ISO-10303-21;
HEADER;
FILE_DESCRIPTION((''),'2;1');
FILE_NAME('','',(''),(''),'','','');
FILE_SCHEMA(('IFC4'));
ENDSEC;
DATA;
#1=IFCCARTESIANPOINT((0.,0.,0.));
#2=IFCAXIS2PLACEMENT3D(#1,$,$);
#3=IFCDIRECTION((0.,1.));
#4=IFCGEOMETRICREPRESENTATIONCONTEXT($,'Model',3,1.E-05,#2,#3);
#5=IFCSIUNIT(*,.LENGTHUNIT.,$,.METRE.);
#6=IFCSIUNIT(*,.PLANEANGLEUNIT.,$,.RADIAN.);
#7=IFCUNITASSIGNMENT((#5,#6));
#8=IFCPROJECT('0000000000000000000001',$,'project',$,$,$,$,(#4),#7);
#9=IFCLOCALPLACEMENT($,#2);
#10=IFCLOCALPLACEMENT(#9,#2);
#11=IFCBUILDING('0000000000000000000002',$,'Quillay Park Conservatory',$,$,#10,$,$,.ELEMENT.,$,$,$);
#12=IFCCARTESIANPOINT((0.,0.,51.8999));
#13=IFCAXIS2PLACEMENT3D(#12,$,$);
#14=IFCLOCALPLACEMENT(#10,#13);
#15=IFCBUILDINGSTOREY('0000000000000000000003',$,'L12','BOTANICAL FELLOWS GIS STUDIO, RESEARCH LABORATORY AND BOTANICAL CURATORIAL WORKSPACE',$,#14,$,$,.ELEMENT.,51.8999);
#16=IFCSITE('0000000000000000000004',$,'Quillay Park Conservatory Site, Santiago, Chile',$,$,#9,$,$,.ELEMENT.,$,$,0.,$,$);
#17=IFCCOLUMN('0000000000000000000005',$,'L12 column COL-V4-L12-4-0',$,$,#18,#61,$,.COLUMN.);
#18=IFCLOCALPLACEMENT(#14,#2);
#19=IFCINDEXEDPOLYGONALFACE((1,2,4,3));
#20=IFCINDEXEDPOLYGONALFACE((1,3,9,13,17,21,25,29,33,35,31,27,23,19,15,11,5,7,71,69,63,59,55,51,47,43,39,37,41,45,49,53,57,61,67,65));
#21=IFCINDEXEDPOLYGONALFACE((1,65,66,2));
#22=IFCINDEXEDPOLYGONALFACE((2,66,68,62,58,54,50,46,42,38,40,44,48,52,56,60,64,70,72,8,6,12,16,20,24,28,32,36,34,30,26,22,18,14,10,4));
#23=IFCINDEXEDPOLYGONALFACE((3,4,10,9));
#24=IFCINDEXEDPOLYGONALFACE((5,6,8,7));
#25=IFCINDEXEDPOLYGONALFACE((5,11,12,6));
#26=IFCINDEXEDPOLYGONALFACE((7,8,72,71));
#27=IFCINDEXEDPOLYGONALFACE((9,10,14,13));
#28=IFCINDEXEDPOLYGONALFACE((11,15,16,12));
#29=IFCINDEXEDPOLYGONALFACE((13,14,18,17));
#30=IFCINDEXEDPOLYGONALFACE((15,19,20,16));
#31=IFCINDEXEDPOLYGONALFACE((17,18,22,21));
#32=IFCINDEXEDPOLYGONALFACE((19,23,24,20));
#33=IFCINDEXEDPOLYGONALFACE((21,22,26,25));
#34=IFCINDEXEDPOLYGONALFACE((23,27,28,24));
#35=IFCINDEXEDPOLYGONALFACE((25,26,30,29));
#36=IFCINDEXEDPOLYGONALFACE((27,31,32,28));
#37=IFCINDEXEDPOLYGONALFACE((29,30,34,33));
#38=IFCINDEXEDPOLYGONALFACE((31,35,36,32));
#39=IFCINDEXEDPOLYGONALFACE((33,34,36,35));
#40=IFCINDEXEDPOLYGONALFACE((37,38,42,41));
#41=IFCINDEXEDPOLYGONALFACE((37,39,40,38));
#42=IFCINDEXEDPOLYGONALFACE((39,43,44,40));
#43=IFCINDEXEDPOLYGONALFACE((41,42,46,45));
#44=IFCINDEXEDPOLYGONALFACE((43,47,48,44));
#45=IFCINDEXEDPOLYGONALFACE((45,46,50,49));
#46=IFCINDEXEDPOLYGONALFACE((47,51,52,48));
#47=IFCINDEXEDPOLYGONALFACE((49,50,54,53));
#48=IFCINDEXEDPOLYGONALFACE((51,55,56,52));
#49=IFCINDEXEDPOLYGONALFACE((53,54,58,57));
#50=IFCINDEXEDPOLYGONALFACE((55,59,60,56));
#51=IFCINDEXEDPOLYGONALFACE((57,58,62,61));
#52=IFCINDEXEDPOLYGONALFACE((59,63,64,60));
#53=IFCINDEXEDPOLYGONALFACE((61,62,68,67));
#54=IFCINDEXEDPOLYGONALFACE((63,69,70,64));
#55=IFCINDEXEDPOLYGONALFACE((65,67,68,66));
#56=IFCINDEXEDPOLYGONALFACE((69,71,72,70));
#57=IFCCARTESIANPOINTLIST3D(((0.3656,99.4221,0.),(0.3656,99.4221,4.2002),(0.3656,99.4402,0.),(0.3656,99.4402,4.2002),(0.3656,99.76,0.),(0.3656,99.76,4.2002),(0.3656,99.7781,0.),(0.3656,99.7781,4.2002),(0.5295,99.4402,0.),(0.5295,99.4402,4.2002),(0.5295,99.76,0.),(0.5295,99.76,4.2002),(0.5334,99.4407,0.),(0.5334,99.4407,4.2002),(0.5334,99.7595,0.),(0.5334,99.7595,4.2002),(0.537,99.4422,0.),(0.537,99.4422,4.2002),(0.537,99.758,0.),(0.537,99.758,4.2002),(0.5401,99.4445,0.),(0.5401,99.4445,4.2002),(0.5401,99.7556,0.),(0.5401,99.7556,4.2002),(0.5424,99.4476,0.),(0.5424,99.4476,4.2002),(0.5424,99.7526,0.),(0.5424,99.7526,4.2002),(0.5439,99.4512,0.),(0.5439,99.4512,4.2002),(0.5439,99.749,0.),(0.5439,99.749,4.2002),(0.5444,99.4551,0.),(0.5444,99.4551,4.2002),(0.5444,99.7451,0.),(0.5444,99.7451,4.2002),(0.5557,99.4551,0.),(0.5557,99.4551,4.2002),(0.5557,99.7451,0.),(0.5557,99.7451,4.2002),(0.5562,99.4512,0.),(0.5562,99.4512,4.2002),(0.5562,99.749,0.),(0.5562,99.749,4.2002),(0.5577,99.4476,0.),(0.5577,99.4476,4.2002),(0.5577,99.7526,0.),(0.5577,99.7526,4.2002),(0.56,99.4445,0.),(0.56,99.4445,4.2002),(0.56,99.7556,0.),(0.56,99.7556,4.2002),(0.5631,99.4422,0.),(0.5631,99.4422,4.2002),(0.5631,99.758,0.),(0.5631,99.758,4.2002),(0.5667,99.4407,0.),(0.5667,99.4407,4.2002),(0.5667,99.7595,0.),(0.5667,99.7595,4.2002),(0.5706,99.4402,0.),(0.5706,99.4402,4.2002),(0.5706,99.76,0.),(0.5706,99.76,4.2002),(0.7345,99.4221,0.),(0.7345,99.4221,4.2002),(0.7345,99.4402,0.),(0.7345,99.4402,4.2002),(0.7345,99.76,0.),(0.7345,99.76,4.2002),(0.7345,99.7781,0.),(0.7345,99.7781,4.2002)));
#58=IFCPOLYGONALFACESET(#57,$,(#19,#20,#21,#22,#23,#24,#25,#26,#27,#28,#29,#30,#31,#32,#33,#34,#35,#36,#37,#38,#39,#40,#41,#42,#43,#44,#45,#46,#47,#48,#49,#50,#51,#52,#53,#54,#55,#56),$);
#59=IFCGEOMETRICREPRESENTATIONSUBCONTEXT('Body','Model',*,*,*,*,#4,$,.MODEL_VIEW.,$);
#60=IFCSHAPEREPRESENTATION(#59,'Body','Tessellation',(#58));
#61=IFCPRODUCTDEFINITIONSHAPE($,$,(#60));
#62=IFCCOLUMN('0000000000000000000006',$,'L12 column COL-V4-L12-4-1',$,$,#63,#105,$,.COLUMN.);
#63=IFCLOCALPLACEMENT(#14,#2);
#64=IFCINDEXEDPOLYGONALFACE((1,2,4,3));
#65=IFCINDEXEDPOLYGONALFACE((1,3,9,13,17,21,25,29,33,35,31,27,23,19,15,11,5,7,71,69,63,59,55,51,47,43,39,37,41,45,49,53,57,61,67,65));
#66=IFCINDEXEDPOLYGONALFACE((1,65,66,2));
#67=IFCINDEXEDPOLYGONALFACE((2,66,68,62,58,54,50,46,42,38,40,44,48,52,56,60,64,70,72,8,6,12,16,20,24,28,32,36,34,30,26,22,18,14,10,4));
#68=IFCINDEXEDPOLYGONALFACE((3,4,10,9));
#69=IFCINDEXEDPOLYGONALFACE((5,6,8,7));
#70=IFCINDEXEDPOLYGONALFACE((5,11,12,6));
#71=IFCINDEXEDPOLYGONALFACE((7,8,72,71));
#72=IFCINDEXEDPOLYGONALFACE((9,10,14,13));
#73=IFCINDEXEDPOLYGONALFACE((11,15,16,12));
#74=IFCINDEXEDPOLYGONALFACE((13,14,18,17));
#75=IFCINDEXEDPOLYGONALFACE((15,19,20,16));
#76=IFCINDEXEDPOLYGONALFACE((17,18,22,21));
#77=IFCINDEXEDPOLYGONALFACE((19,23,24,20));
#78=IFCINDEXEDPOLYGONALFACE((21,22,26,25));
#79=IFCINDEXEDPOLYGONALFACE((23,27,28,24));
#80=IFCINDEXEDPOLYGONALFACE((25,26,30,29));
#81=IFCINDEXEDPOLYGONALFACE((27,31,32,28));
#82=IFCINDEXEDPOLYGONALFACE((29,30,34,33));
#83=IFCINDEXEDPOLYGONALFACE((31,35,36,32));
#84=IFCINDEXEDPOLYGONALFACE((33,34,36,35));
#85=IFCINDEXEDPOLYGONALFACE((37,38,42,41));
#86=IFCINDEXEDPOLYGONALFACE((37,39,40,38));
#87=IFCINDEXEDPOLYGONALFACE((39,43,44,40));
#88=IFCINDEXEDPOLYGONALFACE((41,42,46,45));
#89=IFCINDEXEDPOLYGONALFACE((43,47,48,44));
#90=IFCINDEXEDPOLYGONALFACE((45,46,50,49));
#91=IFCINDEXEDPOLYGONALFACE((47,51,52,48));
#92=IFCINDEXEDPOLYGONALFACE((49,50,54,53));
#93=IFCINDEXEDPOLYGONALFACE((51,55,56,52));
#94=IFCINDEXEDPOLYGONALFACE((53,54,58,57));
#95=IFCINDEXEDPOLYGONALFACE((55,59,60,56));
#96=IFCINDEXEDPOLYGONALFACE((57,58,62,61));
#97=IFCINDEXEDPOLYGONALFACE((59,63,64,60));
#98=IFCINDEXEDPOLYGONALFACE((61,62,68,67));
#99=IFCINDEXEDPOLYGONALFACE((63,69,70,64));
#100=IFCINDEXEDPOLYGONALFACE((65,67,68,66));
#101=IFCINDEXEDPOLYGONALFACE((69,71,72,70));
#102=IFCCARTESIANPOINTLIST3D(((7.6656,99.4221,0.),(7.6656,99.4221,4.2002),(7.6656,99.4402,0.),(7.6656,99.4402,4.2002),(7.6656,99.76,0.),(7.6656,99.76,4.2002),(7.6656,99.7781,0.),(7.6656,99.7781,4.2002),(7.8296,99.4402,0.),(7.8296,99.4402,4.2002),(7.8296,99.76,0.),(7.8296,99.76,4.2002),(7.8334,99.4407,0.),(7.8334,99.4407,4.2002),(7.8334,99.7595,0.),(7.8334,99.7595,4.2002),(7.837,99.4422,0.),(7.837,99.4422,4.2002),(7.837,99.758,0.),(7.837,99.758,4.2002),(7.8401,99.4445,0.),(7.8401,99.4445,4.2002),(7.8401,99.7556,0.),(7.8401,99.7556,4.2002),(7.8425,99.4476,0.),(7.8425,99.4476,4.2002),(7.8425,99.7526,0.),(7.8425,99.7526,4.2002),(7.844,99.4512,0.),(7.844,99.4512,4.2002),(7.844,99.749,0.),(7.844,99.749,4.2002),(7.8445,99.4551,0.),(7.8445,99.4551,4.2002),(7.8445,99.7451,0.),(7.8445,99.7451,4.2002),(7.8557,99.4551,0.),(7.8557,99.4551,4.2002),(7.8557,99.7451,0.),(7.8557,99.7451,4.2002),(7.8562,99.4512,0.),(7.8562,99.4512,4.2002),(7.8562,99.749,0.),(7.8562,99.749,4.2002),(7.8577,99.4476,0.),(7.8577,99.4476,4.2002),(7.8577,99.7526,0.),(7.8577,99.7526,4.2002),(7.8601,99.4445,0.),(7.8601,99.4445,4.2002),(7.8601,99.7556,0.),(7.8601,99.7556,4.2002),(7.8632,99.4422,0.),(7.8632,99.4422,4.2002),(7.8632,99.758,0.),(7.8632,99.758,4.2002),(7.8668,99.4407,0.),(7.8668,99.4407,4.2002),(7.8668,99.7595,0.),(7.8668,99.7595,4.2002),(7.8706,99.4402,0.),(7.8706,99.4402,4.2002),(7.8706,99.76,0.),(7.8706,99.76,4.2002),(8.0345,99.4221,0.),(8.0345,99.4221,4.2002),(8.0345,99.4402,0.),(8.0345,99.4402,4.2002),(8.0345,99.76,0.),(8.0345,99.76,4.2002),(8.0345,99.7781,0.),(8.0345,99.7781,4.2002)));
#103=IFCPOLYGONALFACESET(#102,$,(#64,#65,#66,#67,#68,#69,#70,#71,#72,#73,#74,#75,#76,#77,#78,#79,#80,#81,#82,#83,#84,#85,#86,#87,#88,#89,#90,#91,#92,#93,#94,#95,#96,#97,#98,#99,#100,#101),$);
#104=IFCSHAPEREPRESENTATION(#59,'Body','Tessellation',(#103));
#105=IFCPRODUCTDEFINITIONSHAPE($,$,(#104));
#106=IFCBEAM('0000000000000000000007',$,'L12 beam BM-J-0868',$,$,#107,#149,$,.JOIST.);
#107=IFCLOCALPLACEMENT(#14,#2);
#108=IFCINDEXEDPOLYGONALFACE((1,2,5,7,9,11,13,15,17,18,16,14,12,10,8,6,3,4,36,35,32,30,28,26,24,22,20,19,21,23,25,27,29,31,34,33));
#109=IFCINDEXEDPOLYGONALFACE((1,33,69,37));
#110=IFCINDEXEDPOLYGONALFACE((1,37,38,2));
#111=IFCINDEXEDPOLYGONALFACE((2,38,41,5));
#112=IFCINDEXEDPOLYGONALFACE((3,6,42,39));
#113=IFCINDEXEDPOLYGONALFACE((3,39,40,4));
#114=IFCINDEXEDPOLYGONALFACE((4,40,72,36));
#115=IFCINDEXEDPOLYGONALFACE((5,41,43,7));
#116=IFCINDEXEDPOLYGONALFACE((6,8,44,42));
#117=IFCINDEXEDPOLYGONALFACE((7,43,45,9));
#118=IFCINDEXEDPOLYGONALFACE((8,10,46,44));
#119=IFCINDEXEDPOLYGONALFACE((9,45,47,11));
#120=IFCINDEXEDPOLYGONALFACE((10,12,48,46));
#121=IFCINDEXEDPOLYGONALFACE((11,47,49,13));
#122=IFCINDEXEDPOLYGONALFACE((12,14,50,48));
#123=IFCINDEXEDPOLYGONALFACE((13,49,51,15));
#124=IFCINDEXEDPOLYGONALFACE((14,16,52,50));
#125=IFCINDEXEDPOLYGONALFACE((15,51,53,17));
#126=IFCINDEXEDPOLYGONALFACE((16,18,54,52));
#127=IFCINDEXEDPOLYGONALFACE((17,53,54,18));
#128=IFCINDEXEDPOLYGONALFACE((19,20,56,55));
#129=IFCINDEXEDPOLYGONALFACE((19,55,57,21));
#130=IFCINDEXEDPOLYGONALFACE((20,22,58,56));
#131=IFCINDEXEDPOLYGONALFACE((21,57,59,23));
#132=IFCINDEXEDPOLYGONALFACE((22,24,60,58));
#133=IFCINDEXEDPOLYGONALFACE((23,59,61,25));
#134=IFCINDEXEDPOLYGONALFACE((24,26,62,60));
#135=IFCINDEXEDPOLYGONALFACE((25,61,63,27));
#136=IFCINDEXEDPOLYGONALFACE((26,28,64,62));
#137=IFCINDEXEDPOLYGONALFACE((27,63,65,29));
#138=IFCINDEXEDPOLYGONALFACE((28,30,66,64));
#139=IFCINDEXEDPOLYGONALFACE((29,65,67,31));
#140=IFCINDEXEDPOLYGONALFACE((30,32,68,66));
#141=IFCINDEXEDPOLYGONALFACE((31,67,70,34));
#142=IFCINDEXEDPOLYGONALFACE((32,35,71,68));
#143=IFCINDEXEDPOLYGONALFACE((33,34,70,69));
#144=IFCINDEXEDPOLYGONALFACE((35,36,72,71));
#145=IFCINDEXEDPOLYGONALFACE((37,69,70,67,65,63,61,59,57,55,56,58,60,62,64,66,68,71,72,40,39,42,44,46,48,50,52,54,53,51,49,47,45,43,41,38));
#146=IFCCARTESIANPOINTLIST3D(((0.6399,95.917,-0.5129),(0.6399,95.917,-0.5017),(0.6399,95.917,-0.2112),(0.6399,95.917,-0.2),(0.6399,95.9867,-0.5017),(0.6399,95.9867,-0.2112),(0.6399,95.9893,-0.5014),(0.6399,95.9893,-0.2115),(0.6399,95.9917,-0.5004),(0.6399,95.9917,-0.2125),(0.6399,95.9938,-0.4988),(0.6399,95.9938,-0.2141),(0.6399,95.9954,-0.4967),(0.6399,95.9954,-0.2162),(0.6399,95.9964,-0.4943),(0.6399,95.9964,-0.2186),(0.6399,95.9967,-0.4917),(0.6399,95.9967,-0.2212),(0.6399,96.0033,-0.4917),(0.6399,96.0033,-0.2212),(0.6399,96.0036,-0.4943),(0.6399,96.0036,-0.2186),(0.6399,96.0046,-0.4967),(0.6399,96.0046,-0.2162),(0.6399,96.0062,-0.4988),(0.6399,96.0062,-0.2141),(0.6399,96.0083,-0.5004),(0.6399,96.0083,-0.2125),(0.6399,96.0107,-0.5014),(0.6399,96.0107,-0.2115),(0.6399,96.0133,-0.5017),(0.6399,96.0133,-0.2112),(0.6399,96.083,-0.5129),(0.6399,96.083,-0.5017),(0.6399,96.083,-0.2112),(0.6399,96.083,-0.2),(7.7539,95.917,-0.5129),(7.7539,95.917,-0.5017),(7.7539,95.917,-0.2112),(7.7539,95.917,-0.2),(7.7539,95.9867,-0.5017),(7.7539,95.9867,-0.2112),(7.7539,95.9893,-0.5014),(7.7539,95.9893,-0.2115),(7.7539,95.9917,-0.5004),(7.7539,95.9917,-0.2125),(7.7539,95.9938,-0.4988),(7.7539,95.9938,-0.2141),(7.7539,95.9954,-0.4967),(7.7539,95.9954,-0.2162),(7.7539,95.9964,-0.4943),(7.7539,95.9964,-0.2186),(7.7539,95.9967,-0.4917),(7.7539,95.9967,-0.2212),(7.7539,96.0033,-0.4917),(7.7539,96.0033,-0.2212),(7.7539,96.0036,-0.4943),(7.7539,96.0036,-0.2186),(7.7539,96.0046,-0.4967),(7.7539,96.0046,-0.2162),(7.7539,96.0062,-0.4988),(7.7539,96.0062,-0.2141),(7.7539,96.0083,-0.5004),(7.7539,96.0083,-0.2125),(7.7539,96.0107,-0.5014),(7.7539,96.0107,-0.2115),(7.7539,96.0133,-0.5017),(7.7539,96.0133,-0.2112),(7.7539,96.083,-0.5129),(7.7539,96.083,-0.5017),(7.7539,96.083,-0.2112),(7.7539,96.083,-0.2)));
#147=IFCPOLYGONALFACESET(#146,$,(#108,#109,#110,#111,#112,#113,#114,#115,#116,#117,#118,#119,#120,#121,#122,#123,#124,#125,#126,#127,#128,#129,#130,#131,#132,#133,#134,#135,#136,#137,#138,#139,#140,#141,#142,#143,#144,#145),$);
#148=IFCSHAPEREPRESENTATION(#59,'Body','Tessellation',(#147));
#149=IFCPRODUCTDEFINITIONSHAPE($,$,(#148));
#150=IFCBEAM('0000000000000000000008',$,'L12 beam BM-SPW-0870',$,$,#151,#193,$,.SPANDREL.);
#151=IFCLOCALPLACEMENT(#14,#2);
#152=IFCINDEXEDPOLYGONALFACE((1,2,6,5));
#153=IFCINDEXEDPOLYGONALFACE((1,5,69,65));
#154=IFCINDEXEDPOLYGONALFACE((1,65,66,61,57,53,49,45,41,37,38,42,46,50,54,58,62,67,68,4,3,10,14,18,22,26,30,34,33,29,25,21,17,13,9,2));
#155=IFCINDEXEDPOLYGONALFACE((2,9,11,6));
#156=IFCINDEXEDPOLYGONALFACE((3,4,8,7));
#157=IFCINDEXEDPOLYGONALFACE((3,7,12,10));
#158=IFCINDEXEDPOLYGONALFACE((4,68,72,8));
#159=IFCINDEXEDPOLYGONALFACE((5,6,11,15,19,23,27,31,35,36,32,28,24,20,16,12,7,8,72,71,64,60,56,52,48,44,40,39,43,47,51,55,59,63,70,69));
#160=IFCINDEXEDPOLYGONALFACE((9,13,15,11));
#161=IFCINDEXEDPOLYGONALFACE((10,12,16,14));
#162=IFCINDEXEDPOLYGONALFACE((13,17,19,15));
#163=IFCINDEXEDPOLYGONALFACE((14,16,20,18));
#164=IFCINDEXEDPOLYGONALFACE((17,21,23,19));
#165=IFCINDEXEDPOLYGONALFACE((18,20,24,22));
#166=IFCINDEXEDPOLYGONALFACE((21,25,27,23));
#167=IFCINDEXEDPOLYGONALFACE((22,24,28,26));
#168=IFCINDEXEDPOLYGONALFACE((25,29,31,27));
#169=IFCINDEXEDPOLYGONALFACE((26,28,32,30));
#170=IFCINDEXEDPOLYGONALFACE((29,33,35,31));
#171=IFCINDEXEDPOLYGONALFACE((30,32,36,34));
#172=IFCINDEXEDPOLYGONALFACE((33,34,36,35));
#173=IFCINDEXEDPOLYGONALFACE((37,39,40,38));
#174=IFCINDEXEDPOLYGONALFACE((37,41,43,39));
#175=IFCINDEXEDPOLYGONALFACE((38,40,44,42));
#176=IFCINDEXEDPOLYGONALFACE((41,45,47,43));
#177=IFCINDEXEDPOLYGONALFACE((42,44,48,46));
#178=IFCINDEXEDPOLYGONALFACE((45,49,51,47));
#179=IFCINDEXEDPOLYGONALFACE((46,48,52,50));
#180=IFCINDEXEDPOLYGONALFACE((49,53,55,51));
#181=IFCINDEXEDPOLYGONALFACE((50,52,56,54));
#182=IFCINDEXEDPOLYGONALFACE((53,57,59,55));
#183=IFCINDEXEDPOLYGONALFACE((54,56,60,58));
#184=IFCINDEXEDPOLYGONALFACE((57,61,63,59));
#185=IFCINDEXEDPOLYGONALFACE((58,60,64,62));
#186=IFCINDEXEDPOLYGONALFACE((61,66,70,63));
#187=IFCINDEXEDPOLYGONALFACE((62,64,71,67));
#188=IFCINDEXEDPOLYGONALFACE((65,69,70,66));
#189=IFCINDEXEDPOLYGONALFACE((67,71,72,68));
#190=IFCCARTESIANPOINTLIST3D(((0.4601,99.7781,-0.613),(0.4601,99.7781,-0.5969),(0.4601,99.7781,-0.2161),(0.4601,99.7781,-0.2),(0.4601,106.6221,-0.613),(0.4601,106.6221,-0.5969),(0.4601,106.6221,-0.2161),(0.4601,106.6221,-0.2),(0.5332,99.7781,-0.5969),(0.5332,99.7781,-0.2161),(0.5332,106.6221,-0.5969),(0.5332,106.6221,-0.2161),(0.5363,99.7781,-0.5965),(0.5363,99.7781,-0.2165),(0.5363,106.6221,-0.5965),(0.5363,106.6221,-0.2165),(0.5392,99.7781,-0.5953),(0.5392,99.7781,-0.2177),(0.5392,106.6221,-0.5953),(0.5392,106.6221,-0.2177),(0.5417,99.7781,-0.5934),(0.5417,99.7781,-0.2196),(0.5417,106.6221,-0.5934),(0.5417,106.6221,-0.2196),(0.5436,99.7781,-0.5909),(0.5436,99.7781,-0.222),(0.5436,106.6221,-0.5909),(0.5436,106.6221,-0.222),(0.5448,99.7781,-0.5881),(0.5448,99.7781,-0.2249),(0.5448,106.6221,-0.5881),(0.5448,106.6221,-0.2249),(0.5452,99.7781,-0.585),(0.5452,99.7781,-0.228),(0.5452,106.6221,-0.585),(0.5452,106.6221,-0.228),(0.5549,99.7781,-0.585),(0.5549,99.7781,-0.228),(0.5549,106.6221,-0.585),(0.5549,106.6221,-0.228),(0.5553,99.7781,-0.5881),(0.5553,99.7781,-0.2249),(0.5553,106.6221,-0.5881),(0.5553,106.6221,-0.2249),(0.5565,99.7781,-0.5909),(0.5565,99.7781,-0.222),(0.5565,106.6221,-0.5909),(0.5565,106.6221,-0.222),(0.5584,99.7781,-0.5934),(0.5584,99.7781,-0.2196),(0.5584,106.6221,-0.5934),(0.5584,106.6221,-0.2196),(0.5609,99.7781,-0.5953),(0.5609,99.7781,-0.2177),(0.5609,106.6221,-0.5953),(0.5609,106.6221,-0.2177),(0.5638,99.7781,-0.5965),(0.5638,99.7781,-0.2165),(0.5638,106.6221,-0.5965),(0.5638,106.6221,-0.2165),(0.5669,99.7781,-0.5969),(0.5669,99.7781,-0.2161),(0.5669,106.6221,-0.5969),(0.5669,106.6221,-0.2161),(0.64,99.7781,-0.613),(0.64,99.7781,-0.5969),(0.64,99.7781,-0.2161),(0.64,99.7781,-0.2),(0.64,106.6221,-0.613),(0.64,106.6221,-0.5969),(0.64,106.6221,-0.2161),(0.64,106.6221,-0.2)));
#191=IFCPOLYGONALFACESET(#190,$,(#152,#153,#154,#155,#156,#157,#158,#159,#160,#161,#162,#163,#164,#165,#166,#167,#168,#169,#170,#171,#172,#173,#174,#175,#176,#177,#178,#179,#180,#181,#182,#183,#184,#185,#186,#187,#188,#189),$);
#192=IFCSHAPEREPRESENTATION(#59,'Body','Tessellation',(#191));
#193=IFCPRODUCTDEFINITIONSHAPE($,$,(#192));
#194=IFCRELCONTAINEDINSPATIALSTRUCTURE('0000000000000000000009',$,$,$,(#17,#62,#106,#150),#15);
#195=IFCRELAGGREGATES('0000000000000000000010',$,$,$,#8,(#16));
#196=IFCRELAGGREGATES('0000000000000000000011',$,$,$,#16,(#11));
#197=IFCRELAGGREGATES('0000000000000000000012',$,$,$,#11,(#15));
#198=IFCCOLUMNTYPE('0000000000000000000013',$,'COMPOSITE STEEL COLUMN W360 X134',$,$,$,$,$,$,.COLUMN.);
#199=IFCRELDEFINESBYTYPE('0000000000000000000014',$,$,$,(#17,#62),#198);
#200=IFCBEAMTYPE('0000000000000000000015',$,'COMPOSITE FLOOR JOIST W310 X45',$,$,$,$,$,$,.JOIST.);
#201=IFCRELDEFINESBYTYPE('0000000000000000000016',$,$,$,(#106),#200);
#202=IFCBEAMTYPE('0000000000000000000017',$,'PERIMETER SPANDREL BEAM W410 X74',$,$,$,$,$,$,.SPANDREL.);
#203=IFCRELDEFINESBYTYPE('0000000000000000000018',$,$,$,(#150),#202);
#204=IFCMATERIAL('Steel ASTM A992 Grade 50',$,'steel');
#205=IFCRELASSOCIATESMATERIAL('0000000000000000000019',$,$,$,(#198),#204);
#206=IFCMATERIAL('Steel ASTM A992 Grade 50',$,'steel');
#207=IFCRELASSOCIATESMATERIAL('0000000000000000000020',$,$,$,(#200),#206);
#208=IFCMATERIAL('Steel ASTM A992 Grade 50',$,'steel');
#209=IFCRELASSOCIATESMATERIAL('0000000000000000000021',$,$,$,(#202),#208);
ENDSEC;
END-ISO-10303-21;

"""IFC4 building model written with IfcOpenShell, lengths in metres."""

from ifc_helpers import new_model, si_unit, direction, frame, origin, origin_2d, place, context, subcontext, project, spatial, i_section, extrude, material, material_profile, profile_set, type_object, element, save


model = new_model("IFC4")

# Units and contexts
model_context = context("Model", 3, precision=1e-05, world=origin(), true_north=direction((0.0, 1.0)))
body_context = subcontext(model_context, "Body", "Model", "MODEL_VIEW")
ifc_project = project(units=[si_unit("LENGTHUNIT", "METRE"), si_unit("PLANEANGLEUNIT", "RADIAN")], contexts=[model_context])

# Site, building, storey
site_placement = place(None, origin())
site = spatial("IfcSite", under=ifc_project, at=site_placement, Name="Quillay Park Conservatory Site, Santiago, Chile", CompositionType="ELEMENT", RefElevation=0.0)
building_placement = place(site_placement, origin())
building = spatial("IfcBuilding", under=site, at=building_placement, Name="Quillay Park Conservatory", CompositionType="ELEMENT")
storey_placement = place(building_placement, frame((0.0, 0.0, 51.8999)))
storey = spatial("IfcBuildingStorey", under=building, at=storey_placement, Name="L12", Description="BOTANICAL FELLOWS GIS STUDIO, RESEARCH LABORATORY AND BOTANICAL CURATORIAL WORKSPACE", CompositionType="ELEMENT", Elevation=51.8999)

# Columns
ifc_material_1 = material(Name="Steel ASTM A992 Grade 50", Category="steel")
ifc_material_profile_1 = material_profile(ifc_material_1, i_section(OverallWidth=0.3689, OverallDepth=0.356, WebThickness=0.0112, FlangeThickness=0.0181, FilletRadius=0.0149, at=origin_2d()), Name="W360x134")
ifc_profile_set_1 = profile_set([ifc_material_profile_1], Name="Steel ASTM A992 Grade 50")
column_type = type_object("IfcColumnType", Name="COMPOSITE STEEL COLUMN W360 X134", PredefinedType="COLUMN", material=ifc_profile_set_1)
for number, where, z_axis, x_axis, name in (
    (1, (0.55, 99.6001, 0.0), (0.0, 0.0, 1.0), (1.0, 0.0, 0.0), "L12 column COL-V4-L12-4-0"),
    (2, (7.8501, 99.6001, 0.0), (0.0, 0.0, 1.0), (1.0, 0.0, 0.0), "L12 column COL-V4-L12-4-1"),
):
    element("IfcColumn", number, at=place(storey_placement, frame(where, z_axis=z_axis, x_axis=x_axis)), inside=storey, type_object=column_type, Name=name, PredefinedType="COLUMN", context=body_context, shape_type="SweptSolid", body=[
        extrude(i_section(OverallWidth=0.3689, OverallDepth=0.356, WebThickness=0.0112, FlangeThickness=0.0181, FilletRadius=0.0149, at=origin_2d()), origin(), (0.0, 0.0, 1.0), 4.2002),
    ])

# Beams
ifc_material_2 = material(Name="Steel ASTM A992 Grade 50", Category="steel")
ifc_material_profile_2 = material_profile(ifc_material_2, i_section(OverallWidth=0.166, OverallDepth=0.313, WebThickness=0.0066, FlangeThickness=0.0112, FilletRadius=0.01, at=origin_2d()), Name="W310x45")
ifc_profile_set_2 = profile_set([ifc_material_profile_2], Name="Steel ASTM A992 Grade 50")
beam_type_1 = type_object("IfcBeamType", Name="COMPOSITE FLOOR JOIST W310 X45", PredefinedType="JOIST", material=ifc_profile_set_2)
beam_1_placement = place(storey_placement, frame((0.6399, 96.0, -0.3564), z_axis=(1.0, 0.0, 0.0), x_axis=(0.0, 1.0, 0.0)))
element("IfcBeam", 3, at=beam_1_placement, inside=storey, type_object=beam_type_1, Name="L12 beam BM-J-0868", PredefinedType="JOIST", context=body_context, shape_type="SweptSolid", body=[
    extrude(i_section(OverallWidth=0.166, OverallDepth=0.313, WebThickness=0.0066, FlangeThickness=0.0112, FilletRadius=0.01, at=origin_2d()), origin(), (0.0, 0.0, 1.0), 7.114),
])
ifc_material_3 = material(Name="Steel ASTM A992 Grade 50", Category="steel")
ifc_material_profile_3 = material_profile(ifc_material_3, i_section(OverallWidth=0.1799, OverallDepth=0.4131, WebThickness=0.0098, FlangeThickness=0.0161, FilletRadius=0.012, at=origin_2d()), Name="W410x74")
ifc_profile_set_3 = profile_set([ifc_material_profile_3], Name="Steel ASTM A992 Grade 50")
beam_type_2 = type_object("IfcBeamType", Name="PERIMETER SPANDREL BEAM W410 X74", PredefinedType="SPANDREL", material=ifc_profile_set_3)
beam_2_placement = place(storey_placement, frame((0.55, 99.7781, -0.4065), z_axis=(0.0, 1.0, 0.0), x_axis=(-1.0, 0.0, 0.0)))
element("IfcBeam", 4, at=beam_2_placement, inside=storey, type_object=beam_type_2, Name="L12 beam BM-SPW-0870", PredefinedType="SPANDREL", context=body_context, shape_type="SweptSolid", body=[
    extrude(i_section(OverallWidth=0.1799, OverallDepth=0.4131, WebThickness=0.0098, FlangeThickness=0.0161, FilletRadius=0.012, at=origin_2d()), origin(), (0.0, 0.0, 1.0), 6.844),
])

save(model, "model.ifc")
